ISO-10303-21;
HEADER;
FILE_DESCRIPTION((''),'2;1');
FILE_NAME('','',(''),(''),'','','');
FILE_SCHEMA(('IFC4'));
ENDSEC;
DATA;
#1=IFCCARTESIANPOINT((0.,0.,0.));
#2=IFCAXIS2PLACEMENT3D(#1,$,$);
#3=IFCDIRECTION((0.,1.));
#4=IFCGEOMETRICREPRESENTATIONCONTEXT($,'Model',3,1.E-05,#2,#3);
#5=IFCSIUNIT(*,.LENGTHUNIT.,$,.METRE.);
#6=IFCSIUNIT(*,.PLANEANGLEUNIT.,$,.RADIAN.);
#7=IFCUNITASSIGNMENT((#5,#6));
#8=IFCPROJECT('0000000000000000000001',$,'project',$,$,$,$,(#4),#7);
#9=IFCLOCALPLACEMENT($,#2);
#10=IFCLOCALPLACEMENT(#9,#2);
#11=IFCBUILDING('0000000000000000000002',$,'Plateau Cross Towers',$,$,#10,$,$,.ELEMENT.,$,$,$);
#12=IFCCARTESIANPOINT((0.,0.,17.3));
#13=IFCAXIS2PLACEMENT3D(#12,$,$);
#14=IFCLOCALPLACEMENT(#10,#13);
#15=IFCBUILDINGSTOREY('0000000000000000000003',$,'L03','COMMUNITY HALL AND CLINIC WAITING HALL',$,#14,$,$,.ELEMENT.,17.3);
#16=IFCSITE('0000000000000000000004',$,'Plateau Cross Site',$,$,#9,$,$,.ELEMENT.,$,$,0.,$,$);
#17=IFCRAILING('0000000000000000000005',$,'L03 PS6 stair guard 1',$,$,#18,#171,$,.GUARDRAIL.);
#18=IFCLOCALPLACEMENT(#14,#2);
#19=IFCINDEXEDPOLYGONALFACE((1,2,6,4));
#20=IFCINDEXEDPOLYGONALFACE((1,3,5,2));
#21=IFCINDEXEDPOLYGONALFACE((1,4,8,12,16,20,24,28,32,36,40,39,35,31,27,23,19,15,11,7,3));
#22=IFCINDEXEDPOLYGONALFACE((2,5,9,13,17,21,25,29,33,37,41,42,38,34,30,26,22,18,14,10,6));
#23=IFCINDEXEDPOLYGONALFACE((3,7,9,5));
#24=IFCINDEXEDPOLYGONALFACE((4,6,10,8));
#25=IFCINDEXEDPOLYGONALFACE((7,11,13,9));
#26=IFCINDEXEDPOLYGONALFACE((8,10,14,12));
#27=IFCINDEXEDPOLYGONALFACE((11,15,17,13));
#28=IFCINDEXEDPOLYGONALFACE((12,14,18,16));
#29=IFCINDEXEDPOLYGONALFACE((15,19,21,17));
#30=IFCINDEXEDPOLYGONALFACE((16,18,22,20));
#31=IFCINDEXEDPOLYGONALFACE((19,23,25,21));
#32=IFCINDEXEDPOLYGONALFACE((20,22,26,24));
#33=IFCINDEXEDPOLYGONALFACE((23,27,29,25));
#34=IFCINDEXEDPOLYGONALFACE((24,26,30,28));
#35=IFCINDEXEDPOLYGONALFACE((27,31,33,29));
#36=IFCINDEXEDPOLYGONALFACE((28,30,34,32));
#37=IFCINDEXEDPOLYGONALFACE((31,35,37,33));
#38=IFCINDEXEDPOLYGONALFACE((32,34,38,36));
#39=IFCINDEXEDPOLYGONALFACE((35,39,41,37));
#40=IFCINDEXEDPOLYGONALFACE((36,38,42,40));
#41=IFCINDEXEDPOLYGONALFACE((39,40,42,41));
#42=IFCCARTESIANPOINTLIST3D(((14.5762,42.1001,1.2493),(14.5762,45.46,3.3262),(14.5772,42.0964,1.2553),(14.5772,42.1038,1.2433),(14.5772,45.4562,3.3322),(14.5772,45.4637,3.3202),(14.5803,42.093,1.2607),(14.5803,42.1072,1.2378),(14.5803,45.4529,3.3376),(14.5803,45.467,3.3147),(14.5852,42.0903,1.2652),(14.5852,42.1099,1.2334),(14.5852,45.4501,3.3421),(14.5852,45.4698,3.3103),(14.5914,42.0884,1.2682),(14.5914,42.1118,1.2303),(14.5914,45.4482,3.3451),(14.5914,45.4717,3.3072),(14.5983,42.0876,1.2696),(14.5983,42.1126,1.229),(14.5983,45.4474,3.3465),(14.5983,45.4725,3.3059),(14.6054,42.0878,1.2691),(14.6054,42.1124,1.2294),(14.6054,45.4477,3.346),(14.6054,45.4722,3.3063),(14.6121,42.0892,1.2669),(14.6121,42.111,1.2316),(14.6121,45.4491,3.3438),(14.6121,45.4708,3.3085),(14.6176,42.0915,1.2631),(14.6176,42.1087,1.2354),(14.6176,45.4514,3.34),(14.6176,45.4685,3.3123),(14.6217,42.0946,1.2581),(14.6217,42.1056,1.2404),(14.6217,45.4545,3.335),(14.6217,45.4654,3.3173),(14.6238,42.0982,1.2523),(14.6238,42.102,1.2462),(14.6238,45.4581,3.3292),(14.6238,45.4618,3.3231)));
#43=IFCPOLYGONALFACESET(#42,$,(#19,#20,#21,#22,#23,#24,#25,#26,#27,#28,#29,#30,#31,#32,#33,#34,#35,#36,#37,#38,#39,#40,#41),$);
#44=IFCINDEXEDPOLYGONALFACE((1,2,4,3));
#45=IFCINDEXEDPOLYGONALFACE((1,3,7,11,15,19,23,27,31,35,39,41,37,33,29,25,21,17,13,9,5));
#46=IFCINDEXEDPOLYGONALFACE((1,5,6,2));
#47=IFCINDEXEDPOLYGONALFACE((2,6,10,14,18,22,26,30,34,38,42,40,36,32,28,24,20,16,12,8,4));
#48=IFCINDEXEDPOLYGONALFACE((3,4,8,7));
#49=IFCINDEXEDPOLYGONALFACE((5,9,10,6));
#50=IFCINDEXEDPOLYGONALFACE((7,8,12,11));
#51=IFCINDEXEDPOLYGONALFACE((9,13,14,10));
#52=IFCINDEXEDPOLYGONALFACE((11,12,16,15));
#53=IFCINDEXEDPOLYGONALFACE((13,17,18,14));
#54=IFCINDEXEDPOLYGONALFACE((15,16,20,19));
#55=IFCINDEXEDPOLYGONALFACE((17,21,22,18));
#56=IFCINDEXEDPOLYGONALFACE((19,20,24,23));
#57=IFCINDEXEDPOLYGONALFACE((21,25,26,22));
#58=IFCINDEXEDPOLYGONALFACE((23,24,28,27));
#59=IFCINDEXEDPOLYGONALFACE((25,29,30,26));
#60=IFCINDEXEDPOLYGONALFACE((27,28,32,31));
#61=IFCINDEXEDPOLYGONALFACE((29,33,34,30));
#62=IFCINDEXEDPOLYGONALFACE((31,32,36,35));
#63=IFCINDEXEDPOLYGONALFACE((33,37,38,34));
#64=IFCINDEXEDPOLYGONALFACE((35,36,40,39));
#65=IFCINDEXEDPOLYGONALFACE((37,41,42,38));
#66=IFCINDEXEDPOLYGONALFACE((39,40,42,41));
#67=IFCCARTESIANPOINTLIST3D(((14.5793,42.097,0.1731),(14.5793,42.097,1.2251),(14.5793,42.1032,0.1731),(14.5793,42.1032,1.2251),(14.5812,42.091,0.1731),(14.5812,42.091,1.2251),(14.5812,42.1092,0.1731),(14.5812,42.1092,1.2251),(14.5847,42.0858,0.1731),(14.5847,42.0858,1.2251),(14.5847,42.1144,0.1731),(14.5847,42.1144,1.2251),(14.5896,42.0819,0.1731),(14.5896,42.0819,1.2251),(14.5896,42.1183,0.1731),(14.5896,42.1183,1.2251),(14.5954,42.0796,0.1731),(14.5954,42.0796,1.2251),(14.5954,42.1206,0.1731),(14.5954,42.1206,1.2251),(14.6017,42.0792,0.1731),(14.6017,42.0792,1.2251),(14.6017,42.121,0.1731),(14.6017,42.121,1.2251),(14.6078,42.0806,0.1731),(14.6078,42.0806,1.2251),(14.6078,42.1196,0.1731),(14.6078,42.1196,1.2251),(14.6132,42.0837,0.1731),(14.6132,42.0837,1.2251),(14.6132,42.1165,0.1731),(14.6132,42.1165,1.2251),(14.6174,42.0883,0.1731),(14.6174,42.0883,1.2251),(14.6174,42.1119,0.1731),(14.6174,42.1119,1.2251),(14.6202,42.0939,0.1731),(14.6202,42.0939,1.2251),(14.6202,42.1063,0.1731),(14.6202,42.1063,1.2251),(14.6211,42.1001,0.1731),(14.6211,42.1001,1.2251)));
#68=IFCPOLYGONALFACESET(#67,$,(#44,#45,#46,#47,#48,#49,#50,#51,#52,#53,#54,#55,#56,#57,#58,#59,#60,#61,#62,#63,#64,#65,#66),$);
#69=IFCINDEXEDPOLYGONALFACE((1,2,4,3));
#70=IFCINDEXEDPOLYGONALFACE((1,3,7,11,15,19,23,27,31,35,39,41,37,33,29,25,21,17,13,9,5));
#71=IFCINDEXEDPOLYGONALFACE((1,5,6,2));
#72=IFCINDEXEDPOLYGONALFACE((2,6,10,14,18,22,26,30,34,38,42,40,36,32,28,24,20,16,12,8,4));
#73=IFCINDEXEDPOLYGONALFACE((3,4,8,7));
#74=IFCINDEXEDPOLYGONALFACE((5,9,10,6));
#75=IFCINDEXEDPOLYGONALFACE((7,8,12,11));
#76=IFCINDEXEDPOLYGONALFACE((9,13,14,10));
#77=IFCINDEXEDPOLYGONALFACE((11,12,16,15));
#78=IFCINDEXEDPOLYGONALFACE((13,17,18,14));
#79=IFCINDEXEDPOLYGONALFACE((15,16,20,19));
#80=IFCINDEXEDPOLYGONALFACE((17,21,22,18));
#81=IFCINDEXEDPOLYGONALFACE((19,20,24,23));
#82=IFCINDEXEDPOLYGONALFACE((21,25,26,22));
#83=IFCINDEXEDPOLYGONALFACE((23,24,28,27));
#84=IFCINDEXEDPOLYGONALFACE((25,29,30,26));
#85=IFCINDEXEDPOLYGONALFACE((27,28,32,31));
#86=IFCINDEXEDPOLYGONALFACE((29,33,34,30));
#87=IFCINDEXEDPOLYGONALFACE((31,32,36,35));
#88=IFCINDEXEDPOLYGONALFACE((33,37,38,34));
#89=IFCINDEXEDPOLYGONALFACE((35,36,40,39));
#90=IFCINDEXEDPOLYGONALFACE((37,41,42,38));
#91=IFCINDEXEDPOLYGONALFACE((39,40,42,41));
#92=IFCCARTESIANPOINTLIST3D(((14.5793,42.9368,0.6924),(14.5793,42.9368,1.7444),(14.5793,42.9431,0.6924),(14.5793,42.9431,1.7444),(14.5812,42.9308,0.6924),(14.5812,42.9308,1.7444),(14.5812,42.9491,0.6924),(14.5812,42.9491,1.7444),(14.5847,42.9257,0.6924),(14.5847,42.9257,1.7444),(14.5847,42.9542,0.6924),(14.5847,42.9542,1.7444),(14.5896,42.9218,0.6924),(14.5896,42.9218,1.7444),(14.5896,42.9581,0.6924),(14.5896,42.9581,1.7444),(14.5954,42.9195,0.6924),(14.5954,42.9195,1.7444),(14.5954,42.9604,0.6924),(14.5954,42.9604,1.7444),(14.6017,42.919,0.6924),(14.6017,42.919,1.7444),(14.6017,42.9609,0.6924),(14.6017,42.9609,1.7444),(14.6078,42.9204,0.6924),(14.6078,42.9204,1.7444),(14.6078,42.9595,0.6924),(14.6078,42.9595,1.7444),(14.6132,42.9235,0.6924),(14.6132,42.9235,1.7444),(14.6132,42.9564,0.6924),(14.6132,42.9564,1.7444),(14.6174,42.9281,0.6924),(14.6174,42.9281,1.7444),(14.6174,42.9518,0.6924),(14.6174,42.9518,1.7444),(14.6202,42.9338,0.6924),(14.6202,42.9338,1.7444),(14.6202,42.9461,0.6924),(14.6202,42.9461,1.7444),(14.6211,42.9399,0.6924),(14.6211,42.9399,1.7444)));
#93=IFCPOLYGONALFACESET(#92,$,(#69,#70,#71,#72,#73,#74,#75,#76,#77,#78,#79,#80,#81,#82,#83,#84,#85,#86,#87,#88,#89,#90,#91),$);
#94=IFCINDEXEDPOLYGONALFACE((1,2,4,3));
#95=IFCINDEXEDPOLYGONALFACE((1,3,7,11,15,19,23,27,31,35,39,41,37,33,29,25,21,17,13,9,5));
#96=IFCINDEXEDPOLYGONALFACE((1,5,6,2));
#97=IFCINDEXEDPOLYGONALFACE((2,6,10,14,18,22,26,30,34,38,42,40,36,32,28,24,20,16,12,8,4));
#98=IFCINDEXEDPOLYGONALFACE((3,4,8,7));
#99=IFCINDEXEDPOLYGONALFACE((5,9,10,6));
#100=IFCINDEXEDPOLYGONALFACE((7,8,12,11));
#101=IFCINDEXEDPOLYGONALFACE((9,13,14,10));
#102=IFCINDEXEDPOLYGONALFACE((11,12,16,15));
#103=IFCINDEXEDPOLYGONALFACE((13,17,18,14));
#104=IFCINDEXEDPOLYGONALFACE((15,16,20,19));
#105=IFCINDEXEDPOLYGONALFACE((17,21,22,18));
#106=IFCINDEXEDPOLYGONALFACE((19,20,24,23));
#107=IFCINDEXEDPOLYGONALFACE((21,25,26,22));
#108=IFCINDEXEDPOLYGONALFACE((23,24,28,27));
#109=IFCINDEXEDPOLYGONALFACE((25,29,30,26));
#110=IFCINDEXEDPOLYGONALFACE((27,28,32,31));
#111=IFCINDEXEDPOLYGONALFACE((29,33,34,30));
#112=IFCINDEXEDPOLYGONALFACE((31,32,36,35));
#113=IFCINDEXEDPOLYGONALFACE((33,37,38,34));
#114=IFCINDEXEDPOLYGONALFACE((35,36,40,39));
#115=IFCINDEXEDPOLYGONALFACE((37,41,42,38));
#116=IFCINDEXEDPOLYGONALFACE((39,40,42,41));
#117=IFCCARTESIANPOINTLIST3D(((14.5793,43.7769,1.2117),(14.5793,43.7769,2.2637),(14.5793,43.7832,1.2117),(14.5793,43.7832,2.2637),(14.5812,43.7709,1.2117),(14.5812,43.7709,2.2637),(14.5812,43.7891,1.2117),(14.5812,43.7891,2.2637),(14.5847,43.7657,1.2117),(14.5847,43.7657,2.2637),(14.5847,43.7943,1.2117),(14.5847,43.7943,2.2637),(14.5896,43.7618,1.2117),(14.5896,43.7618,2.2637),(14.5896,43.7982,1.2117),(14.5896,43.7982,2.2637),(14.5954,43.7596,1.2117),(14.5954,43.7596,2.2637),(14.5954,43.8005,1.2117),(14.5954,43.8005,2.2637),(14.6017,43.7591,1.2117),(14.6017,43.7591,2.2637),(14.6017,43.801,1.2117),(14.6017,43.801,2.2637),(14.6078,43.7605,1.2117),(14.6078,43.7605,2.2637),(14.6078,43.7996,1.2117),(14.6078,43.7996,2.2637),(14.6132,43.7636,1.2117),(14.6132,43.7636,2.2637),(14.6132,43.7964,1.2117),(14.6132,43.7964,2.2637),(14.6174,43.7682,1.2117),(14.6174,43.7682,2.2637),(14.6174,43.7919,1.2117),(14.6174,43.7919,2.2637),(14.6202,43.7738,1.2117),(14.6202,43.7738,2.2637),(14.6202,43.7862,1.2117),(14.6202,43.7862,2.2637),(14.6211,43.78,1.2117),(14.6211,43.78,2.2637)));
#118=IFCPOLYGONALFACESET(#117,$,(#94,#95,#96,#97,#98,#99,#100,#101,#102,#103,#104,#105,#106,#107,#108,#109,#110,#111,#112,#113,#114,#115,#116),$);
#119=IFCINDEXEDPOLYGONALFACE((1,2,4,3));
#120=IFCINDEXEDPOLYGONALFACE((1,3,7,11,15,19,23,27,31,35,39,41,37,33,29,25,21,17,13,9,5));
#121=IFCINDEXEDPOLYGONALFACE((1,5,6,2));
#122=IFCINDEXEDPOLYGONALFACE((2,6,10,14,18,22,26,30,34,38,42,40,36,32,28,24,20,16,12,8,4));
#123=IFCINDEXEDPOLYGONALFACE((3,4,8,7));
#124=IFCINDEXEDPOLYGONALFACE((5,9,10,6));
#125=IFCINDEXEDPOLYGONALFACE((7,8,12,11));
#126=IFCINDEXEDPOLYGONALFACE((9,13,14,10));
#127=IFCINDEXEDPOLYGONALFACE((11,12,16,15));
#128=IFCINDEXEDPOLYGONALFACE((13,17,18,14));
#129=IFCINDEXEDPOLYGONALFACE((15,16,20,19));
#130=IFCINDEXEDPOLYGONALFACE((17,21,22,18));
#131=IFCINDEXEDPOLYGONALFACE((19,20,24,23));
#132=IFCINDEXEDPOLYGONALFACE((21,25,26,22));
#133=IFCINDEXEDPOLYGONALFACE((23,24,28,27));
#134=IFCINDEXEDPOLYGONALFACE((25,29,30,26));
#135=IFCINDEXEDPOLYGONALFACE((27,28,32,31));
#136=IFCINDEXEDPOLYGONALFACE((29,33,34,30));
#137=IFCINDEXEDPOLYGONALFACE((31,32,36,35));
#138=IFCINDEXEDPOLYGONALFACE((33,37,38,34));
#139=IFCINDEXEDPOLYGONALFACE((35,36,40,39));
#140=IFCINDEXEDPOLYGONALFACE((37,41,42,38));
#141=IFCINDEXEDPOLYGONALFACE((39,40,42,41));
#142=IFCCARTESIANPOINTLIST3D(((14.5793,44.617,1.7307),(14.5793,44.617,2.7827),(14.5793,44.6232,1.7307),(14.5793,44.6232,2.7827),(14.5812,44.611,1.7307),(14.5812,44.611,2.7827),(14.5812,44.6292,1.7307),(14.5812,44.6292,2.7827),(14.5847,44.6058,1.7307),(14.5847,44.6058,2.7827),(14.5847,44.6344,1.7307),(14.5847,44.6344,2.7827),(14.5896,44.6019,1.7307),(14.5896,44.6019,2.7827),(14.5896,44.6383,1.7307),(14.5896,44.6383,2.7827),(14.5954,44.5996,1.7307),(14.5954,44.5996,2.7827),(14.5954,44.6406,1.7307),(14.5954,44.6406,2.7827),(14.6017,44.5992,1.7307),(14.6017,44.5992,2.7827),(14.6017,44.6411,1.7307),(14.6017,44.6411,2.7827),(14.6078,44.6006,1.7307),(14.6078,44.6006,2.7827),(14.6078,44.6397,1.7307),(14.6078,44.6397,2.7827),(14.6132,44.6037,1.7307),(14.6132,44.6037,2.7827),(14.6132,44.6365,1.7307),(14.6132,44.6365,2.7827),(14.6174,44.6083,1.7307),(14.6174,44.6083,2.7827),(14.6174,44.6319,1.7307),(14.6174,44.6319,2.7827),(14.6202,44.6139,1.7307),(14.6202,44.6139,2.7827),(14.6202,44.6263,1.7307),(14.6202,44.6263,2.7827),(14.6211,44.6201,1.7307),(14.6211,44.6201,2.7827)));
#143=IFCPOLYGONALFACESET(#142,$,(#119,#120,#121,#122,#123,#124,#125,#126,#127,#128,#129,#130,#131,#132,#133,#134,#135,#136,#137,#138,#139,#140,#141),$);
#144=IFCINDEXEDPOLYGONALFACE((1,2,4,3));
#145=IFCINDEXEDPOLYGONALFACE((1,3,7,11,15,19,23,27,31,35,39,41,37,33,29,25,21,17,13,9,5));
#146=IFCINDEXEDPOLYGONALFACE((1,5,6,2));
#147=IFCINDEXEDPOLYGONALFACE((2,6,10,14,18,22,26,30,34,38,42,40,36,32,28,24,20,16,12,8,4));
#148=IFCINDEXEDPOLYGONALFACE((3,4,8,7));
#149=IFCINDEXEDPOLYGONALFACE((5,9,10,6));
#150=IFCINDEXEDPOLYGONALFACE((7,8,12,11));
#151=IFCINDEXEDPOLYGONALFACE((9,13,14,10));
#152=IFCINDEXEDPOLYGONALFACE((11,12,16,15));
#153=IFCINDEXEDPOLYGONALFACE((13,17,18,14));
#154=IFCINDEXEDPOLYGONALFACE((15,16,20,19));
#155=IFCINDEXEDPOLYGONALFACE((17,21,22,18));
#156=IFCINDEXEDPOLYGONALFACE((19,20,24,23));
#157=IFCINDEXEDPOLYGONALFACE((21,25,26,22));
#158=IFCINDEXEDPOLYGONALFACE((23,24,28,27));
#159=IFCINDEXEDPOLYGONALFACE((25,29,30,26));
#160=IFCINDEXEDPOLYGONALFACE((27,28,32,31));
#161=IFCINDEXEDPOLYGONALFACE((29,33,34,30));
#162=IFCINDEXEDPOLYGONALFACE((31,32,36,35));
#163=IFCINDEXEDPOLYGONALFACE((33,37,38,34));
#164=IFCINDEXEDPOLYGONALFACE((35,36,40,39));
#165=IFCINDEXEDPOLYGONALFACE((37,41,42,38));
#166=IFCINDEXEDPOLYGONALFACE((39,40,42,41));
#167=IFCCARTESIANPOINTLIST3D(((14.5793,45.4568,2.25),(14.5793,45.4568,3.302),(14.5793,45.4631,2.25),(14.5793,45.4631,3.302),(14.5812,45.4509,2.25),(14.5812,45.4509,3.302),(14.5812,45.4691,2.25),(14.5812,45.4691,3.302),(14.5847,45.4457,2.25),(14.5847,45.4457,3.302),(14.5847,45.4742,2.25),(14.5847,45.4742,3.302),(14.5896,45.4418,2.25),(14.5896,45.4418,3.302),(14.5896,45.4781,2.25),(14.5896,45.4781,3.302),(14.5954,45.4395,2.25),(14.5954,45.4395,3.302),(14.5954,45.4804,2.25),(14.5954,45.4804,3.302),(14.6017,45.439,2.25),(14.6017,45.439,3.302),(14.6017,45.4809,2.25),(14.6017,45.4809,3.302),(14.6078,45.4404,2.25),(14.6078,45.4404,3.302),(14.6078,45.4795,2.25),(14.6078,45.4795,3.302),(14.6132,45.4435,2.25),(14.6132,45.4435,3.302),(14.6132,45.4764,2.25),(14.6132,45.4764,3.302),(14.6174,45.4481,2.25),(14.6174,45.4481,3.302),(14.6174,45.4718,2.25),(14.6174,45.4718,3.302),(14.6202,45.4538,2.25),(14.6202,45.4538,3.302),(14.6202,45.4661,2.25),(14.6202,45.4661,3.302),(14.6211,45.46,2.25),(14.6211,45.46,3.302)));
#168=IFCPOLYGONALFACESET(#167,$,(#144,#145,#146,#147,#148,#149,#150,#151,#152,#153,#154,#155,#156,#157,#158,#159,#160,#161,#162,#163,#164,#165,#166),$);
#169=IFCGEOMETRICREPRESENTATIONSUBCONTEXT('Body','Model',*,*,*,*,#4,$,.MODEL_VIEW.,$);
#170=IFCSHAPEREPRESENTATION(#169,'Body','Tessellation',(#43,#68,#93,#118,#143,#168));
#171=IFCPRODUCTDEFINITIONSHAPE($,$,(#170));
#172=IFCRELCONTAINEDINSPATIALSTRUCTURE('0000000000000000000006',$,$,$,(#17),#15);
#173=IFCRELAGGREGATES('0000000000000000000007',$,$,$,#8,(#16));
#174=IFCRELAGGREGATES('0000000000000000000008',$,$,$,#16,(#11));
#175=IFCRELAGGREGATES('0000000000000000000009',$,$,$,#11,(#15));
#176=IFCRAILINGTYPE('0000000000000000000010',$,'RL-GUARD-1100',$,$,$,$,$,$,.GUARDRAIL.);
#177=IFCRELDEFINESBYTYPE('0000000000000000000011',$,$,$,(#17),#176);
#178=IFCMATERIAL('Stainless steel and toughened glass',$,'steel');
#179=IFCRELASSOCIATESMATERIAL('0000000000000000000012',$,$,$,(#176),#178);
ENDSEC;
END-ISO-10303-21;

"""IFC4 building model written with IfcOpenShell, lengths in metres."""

from ifc_helpers import new_model, si_unit, direction, frame, origin, origin_2d, place, context, subcontext, project, spatial, circle, extrude, material, type_object, element, save


model = new_model("IFC4")

# Units and contexts
model_context = context("Model", 3, precision=1e-05, world=origin(), true_north=direction((0.0, 1.0)))
body_context = subcontext(model_context, "Body", "Model", "MODEL_VIEW")
ifc_project = project(units=[si_unit("LENGTHUNIT", "METRE"), si_unit("PLANEANGLEUNIT", "RADIAN")], contexts=[model_context])

# Site, building, storey
site_placement = place(None, origin())
site = spatial("IfcSite", under=ifc_project, at=site_placement, Name="Plateau Cross Site", CompositionType="ELEMENT", RefElevation=0.0)
building_placement = place(site_placement, origin())
building = spatial("IfcBuilding", under=site, at=building_placement, Name="Plateau Cross Towers", CompositionType="ELEMENT")
storey_placement = place(building_placement, frame((0.0, 0.0, 17.3)))
storey = spatial("IfcBuildingStorey", under=building, at=storey_placement, Name="L03", Description="COMMUNITY HALL AND CLINIC WAITING HALL", CompositionType="ELEMENT", Elevation=17.3)

# Railing
ifc_material_1 = material(Name="Stainless steel and toughened glass", Category="steel")
railing_type_1 = type_object("IfcRailingType", Name="RL-GUARD-1100", PredefinedType="GUARDRAIL", material=ifc_material_1)
railing_1_placement = place(storey_placement, frame((14.6001, 42.1001, 0.1731)))
element("IfcRailing", 1, at=railing_1_placement, inside=storey, type_object=railing_type_1, Name="L03 PS6 stair guard 1", PredefinedType="GUARDRAIL", context=body_context, shape_type="SweptSolid", body=[
    extrude(circle(Radius=0.0239, at=origin_2d()), frame((0.0, 0.0, 1.0762), z_axis=(0.0, 0.850606, 0.525803), x_axis=(-1.0, 0.0, 0.0)), (0.0, 0.0, 1.0), 3.95),
    extrude(circle(Radius=0.021, at=origin_2d()), origin(), (0.0, 0.0, 1.0), 1.052),
    extrude(circle(Radius=0.021, at=origin_2d()), frame((0.0, 0.8398, 0.5193)), (0.0, 0.0, 1.0), 1.052),
    extrude(circle(Radius=0.021, at=origin_2d()), frame((0.0, 1.6799, 1.0386)), (0.0, 0.0, 1.0), 1.052),
    extrude(circle(Radius=0.021, at=origin_2d()), frame((0.0, 2.52, 1.5576)), (0.0, 0.0, 1.0), 1.052),
    extrude(circle(Radius=0.021, at=origin_2d()), frame((0.0, 3.3599, 2.0769)), (0.0, 0.0, 1.0), 1.052),
])

save(model, "model.ifc")
